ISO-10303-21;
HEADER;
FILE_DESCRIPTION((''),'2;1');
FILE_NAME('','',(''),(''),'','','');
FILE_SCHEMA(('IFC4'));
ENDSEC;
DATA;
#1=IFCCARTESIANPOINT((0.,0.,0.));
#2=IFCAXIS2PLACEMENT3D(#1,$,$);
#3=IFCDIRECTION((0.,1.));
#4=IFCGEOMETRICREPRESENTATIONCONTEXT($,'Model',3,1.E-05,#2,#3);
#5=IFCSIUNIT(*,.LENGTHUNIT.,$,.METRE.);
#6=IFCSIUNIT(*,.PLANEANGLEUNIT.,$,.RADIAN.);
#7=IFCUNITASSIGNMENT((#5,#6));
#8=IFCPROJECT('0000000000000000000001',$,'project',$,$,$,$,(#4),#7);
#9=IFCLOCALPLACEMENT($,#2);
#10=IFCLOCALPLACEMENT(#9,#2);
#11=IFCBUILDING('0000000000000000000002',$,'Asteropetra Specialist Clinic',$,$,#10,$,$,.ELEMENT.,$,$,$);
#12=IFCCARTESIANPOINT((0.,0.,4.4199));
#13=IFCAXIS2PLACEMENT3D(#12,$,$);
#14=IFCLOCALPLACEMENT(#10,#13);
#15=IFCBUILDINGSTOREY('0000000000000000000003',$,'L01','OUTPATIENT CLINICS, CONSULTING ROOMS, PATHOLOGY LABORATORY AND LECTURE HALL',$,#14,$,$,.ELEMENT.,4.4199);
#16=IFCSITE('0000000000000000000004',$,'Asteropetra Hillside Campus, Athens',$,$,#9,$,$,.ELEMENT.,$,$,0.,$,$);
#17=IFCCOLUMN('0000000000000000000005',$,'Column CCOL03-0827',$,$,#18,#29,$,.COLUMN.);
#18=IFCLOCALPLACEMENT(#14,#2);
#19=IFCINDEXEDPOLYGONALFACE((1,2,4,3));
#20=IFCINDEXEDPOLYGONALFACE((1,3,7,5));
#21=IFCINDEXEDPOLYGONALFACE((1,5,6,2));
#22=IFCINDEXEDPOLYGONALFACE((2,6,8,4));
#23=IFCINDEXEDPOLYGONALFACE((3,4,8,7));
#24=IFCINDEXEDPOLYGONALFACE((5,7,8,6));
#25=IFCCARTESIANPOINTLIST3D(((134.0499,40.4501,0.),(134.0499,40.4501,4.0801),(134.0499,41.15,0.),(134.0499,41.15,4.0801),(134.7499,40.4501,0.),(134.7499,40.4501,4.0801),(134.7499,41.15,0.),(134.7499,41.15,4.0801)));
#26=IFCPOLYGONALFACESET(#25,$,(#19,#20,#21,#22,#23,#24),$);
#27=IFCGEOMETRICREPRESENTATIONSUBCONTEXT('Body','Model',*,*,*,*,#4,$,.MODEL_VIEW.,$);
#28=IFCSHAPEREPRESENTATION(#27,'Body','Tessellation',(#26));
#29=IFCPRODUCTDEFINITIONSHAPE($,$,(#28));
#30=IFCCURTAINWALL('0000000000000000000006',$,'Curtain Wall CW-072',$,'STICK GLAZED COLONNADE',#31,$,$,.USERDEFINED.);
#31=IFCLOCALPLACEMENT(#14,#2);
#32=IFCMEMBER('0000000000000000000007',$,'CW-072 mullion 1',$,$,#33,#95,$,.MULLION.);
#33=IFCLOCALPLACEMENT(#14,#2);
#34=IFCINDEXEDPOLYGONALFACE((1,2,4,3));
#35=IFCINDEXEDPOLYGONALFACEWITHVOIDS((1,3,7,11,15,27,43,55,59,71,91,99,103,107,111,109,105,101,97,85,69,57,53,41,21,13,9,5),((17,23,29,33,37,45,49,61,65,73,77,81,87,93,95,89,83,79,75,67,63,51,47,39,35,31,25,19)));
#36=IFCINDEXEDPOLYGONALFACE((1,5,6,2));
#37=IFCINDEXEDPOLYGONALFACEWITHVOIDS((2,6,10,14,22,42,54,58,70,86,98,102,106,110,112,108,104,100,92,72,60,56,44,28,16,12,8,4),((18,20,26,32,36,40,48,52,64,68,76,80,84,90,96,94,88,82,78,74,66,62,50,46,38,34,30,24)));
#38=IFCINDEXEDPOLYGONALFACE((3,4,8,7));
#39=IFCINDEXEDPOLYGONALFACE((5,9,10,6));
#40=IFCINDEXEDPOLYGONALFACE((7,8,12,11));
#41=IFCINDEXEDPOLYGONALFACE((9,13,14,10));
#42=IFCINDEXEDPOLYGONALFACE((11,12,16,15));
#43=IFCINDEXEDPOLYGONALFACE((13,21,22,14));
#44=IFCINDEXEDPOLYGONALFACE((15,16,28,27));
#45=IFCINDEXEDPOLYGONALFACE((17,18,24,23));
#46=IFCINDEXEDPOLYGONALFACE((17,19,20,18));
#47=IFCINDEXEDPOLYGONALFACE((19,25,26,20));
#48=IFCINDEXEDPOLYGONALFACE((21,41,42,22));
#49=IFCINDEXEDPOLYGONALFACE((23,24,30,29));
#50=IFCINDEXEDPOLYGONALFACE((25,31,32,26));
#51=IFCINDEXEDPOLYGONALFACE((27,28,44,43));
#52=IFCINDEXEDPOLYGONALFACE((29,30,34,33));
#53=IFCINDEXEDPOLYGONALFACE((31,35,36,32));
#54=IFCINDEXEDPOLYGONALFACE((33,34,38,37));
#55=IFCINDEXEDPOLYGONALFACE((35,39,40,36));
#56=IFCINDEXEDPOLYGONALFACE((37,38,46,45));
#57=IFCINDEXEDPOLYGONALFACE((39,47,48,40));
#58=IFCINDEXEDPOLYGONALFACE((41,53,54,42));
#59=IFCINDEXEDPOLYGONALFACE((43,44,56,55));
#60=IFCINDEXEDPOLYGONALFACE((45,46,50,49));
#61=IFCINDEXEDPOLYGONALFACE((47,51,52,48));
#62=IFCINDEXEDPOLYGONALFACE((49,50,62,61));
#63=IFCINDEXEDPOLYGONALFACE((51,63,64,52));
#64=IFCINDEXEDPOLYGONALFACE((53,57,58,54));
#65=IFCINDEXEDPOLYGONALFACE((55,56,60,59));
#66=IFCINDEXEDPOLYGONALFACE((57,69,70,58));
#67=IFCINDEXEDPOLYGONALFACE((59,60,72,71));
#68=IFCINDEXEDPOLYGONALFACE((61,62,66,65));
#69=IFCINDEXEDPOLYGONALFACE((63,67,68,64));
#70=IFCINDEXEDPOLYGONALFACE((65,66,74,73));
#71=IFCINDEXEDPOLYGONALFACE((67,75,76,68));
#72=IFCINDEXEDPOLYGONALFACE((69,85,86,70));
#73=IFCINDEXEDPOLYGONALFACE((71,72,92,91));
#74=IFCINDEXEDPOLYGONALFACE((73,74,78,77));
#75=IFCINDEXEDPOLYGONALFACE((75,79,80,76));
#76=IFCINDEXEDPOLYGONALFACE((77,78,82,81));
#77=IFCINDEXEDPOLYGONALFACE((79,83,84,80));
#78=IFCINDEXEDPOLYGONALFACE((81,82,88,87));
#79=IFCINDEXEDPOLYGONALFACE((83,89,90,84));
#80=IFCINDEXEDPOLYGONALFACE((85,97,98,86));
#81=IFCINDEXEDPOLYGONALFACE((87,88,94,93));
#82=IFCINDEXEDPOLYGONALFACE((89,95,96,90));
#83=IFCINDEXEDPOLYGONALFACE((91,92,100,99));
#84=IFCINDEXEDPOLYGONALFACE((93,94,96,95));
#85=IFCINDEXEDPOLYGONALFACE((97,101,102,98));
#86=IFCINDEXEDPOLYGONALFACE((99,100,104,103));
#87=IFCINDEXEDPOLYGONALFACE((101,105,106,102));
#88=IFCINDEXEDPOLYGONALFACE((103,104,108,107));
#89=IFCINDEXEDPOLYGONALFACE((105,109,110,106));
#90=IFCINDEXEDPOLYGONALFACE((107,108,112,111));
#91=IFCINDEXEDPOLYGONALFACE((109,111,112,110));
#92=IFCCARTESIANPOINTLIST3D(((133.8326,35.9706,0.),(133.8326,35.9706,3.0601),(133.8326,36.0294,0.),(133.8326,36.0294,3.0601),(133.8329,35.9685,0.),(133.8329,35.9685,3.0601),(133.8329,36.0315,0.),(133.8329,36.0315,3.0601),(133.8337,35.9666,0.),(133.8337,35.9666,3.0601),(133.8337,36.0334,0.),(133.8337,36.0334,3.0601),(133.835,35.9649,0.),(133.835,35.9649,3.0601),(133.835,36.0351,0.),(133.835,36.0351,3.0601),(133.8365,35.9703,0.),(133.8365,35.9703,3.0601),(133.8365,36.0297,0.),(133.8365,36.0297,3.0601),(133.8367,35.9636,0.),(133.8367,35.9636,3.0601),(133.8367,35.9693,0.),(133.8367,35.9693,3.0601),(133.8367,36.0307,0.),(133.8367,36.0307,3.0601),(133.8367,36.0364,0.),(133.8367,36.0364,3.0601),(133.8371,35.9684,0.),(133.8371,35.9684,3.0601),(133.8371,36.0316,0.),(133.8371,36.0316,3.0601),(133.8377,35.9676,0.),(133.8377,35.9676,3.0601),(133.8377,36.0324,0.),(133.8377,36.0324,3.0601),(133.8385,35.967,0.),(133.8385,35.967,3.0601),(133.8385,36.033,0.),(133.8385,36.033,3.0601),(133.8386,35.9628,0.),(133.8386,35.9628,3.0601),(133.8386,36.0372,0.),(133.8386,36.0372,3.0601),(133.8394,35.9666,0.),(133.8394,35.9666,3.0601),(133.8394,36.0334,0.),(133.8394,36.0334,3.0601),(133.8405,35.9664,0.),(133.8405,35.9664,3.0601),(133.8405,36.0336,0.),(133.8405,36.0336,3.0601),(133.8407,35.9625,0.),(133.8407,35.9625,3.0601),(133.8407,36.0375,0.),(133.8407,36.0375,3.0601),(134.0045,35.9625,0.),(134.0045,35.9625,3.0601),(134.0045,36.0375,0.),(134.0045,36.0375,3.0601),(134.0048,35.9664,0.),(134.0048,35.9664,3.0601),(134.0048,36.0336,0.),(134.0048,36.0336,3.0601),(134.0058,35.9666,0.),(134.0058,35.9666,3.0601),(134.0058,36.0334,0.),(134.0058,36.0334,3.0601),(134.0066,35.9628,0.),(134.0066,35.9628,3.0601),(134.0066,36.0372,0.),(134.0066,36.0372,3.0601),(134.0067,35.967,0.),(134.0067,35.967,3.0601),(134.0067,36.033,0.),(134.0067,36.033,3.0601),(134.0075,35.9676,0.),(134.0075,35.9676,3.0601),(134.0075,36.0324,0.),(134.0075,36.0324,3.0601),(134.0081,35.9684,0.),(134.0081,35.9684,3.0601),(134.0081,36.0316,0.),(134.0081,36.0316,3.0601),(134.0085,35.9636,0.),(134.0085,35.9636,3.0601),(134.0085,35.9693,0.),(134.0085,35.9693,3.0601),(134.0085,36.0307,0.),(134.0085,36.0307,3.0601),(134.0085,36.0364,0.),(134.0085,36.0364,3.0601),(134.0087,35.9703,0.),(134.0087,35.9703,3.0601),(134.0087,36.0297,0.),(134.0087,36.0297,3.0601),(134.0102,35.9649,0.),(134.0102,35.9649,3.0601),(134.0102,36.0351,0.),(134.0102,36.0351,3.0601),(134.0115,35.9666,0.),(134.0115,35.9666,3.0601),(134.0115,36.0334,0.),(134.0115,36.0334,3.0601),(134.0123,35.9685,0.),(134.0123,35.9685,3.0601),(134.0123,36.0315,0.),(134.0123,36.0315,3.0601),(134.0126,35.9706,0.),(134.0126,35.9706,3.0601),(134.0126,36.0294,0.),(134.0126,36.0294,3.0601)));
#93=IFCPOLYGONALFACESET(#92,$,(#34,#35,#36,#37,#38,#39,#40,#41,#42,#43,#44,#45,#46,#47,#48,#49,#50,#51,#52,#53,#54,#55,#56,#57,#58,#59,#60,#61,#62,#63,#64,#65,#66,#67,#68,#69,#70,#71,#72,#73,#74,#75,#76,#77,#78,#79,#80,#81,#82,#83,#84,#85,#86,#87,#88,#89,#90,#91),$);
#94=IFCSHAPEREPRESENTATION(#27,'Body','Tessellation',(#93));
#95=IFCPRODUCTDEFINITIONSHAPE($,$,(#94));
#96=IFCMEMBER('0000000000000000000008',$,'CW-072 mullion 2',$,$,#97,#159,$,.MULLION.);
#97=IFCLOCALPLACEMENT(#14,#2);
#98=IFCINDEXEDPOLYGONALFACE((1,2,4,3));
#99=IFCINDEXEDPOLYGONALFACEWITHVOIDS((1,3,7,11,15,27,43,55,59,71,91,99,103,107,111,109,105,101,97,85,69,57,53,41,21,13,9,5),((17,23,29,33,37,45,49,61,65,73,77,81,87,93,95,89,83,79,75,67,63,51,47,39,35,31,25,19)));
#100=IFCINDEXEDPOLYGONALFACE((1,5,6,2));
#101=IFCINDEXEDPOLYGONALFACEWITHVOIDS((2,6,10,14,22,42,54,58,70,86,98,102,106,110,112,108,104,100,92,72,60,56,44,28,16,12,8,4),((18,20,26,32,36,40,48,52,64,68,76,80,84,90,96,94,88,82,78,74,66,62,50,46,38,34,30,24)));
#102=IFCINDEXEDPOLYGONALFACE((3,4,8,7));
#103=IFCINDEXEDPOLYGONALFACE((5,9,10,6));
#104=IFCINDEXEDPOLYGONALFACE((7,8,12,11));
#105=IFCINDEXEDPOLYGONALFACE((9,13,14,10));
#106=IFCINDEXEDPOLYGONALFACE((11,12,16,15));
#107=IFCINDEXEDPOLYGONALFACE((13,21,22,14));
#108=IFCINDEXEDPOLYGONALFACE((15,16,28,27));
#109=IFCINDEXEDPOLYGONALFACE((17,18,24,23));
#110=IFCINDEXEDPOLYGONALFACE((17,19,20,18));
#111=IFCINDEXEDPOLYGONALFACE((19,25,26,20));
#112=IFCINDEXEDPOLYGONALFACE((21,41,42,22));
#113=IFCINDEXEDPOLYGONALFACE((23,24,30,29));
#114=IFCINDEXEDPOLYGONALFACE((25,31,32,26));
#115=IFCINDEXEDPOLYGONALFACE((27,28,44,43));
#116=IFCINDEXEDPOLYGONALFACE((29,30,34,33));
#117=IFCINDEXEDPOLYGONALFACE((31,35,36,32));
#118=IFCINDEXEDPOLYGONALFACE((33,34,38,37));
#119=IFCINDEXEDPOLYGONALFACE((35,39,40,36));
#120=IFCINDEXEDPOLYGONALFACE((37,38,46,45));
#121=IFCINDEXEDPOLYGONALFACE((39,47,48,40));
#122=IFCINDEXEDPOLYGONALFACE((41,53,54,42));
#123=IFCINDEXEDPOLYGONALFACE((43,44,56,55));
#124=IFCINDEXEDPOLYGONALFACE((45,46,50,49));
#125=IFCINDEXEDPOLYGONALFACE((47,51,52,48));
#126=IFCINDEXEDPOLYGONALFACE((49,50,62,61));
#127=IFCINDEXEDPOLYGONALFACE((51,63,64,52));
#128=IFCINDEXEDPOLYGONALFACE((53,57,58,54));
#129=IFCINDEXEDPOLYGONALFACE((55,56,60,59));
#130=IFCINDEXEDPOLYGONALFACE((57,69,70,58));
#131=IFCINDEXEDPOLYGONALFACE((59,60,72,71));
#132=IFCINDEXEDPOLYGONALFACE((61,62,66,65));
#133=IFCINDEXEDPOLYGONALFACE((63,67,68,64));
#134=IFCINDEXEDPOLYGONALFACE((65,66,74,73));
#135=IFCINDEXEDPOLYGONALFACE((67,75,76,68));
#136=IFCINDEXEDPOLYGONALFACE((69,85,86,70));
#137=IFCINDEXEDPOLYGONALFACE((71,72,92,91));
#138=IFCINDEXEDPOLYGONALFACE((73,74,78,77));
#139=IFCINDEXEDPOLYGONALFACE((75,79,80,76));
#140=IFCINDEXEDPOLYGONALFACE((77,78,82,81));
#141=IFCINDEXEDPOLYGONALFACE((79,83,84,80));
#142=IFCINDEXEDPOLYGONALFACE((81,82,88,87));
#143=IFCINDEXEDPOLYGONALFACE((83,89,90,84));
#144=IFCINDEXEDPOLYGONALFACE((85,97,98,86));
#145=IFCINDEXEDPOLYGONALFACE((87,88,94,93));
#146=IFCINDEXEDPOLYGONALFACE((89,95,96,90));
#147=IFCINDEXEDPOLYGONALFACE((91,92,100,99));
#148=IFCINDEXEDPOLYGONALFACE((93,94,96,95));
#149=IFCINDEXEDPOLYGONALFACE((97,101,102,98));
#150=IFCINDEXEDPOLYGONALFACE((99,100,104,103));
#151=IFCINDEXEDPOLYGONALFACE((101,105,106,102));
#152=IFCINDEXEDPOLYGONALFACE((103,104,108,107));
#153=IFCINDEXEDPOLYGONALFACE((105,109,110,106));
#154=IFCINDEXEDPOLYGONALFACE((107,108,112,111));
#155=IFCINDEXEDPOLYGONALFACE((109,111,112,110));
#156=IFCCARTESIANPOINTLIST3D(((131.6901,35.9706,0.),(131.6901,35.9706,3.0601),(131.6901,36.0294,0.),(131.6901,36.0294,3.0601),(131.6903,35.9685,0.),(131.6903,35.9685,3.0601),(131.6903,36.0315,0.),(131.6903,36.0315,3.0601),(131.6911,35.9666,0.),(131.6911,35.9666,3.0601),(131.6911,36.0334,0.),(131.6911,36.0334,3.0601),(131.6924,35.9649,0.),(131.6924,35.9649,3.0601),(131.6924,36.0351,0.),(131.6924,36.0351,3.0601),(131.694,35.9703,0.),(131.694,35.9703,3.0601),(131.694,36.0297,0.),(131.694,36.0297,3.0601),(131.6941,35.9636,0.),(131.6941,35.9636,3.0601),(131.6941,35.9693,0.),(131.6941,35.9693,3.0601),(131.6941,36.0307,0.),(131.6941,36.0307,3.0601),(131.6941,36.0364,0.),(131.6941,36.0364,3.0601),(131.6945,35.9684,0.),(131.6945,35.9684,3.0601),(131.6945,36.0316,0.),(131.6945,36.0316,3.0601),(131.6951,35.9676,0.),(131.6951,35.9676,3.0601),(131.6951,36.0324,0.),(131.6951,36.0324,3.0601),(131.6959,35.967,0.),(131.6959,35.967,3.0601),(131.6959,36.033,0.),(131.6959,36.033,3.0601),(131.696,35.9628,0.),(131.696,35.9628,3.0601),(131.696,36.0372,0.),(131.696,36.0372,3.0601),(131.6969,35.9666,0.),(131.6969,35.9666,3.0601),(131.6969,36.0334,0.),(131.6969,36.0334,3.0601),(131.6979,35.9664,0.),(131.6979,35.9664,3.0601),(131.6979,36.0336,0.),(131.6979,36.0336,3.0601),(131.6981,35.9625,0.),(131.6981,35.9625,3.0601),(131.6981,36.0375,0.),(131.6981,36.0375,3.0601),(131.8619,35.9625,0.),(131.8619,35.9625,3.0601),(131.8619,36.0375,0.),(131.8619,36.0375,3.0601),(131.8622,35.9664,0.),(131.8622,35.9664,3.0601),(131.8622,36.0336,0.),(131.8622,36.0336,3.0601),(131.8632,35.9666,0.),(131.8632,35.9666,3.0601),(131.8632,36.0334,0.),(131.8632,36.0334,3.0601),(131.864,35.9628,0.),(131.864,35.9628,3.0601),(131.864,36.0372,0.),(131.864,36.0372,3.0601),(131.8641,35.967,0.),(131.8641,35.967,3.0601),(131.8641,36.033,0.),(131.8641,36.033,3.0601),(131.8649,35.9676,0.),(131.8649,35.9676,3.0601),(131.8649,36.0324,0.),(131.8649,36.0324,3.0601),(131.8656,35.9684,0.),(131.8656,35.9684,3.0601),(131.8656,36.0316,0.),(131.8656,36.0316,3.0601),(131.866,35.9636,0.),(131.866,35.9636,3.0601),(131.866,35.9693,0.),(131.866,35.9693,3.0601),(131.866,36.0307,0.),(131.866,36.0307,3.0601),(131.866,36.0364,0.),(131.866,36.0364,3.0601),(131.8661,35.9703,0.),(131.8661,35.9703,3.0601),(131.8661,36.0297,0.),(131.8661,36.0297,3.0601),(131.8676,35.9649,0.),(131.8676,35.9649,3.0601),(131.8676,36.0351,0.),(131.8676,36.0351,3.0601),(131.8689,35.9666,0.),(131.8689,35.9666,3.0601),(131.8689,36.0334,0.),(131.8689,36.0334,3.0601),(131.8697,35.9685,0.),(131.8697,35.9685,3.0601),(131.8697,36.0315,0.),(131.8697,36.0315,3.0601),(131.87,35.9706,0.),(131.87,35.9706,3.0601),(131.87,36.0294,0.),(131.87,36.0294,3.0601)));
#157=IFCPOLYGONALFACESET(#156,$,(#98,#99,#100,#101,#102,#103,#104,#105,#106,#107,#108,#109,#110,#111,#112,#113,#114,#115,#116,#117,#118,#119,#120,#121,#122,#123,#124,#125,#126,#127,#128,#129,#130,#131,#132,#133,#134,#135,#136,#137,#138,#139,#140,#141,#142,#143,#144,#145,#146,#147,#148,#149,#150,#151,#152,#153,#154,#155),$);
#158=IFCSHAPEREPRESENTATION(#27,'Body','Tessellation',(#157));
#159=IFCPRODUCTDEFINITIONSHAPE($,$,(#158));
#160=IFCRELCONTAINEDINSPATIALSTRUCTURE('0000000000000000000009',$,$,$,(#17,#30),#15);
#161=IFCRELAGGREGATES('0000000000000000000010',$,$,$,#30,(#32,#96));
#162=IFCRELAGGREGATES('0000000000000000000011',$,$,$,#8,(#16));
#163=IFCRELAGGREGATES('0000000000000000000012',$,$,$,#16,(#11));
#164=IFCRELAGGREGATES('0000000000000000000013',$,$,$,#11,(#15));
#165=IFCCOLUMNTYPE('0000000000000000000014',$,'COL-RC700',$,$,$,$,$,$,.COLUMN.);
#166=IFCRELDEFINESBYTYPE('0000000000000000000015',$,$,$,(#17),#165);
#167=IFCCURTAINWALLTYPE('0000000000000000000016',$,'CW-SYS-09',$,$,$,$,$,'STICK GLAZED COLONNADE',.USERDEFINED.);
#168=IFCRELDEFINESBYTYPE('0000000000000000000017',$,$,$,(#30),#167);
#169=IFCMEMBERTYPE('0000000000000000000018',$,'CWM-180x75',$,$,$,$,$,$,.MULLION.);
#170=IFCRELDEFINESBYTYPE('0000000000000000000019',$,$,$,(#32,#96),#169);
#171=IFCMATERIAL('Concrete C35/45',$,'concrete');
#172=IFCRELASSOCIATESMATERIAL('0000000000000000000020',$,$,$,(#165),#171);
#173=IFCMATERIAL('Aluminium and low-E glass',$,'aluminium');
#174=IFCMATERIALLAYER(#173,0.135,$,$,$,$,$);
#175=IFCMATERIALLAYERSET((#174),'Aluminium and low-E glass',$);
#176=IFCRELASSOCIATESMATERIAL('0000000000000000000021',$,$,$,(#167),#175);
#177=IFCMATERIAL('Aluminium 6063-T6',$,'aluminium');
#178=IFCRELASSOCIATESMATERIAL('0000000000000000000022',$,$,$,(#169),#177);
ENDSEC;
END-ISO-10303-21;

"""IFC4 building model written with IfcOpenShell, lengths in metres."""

from ifc_helpers import new_model, si_unit, direction, frame, origin, origin_2d, place, context, subcontext, project, spatial, rectangle, hollow_rectangle, extrude, material, layer, layer_set, material_profile, profile_set, type_object, element, aggregate, save


model = new_model("IFC4")

# Units and contexts
model_context = context("Model", 3, precision=1e-05, world=origin(), true_north=direction((0.0, 1.0)))
body_context = subcontext(model_context, "Body", "Model", "MODEL_VIEW")
ifc_project = project(units=[si_unit("LENGTHUNIT", "METRE"), si_unit("PLANEANGLEUNIT", "RADIAN")], contexts=[model_context])

# Site, building, storey
site_placement = place(None, origin())
site = spatial("IfcSite", under=ifc_project, at=site_placement, Name="Asteropetra Hillside Campus, Athens", CompositionType="ELEMENT", RefElevation=0.0)
building_placement = place(site_placement, origin())
building = spatial("IfcBuilding", under=site, at=building_placement, Name="Asteropetra Specialist Clinic", CompositionType="ELEMENT")
storey_placement = place(building_placement, frame((0.0, 0.0, 4.4199)))
storey = spatial("IfcBuildingStorey", under=building, at=storey_placement, Name="L01", Description="OUTPATIENT CLINICS, CONSULTING ROOMS, PATHOLOGY LABORATORY AND LECTURE HALL", CompositionType="ELEMENT", Elevation=4.4199)

# Column
ifc_material_1 = material(Name="Concrete C35/45", Category="concrete")
ifc_material_profile_1 = material_profile(ifc_material_1, rectangle(XDim=0.7, YDim=0.7, at=origin_2d()), Name="RC 700x700")
ifc_profile_set_1 = profile_set([ifc_material_profile_1], Name="Concrete C35/45")
column_type = type_object("IfcColumnType", Name="COL-RC700", PredefinedType="COLUMN", material=ifc_profile_set_1)
column_placement = place(storey_placement, frame((134.3999, 40.8, 0.0), z_axis=(0.0, 0.0, 1.0), x_axis=(1.0, 0.0, 0.0)))
element("IfcColumn", 1, at=column_placement, inside=storey, type_object=column_type, Name="Column CCOL03-0827", PredefinedType="COLUMN", context=body_context, shape_type="SweptSolid", body=[
    extrude(rectangle(XDim=0.7, YDim=0.7, at=origin_2d()), origin(), (0.0, 0.0, 1.0), 4.0801),
])

# Curtain wall, members
ifc_material_2 = material(Name="Aluminium and low-E glass", Category="aluminium")
ifc_layer_1 = layer(ifc_material_2, 0.135)
ifc_layer_set_1 = layer_set([ifc_layer_1], Name="Aluminium and low-E glass")
curtain_wall_type = type_object("IfcCurtainWallType", Name="CW-SYS-09", ElementType="STICK GLAZED COLONNADE", PredefinedType="USERDEFINED", material=ifc_layer_set_1)
curtain_wall_placement = place(storey_placement, origin())
curtain_wall = element("IfcCurtainWall", 2, at=curtain_wall_placement, inside=storey, type_object=curtain_wall_type, Name="Curtain Wall CW-072", ObjectType="STICK GLAZED COLONNADE", PredefinedType="USERDEFINED")
ifc_material_3 = material(Name="Aluminium 6063-T6", Category="aluminium")
ifc_material_profile_2 = material_profile(ifc_material_3, hollow_rectangle(XDim=0.075, YDim=0.1799, WallThickness=0.0039, InnerFilletRadius=0.0039, OuterFilletRadius=0.0081, at=origin_2d()), Name="MUL 180x75x4.0")
ifc_profile_set_2 = profile_set([ifc_material_profile_2], Name="Aluminium 6063-T6")
member_type_1 = type_object("IfcMemberType", Name="CWM-180x75", PredefinedType="MULLION", material=ifc_profile_set_2)
member_1_placement = place(storey_placement, frame((133.9226, 36.0, 0.0), z_axis=(0.0, 0.0, 1.0), x_axis=(0.0, -1.0, 0.0)))
member_1 = element("IfcMember", 3, at=member_1_placement, type_object=member_type_1, Name="CW-072 mullion 1", PredefinedType="MULLION", context=body_context, shape_type="SweptSolid", body=[
    extrude(hollow_rectangle(XDim=0.075, YDim=0.1799, WallThickness=0.0039, InnerFilletRadius=0.0039, OuterFilletRadius=0.0081, at=origin_2d()), origin(), (0.0, 0.0, 1.0), 3.0601),
])
member_2_placement = place(storey_placement, frame((131.78, 36.0, 0.0), z_axis=(0.0, 0.0, 1.0), x_axis=(0.0, -1.0, 0.0)))
member_2 = element("IfcMember", 4, at=member_2_placement, type_object=member_type_1, Name="CW-072 mullion 2", PredefinedType="MULLION", context=body_context, shape_type="SweptSolid", body=[
    extrude(hollow_rectangle(XDim=0.075, YDim=0.1799, WallThickness=0.0039, InnerFilletRadius=0.0039, OuterFilletRadius=0.0081, at=origin_2d()), origin(), (0.0, 0.0, 1.0), 3.0601),
])
aggregate(curtain_wall, [member_1, member_2])

save(model, "model.ifc")
